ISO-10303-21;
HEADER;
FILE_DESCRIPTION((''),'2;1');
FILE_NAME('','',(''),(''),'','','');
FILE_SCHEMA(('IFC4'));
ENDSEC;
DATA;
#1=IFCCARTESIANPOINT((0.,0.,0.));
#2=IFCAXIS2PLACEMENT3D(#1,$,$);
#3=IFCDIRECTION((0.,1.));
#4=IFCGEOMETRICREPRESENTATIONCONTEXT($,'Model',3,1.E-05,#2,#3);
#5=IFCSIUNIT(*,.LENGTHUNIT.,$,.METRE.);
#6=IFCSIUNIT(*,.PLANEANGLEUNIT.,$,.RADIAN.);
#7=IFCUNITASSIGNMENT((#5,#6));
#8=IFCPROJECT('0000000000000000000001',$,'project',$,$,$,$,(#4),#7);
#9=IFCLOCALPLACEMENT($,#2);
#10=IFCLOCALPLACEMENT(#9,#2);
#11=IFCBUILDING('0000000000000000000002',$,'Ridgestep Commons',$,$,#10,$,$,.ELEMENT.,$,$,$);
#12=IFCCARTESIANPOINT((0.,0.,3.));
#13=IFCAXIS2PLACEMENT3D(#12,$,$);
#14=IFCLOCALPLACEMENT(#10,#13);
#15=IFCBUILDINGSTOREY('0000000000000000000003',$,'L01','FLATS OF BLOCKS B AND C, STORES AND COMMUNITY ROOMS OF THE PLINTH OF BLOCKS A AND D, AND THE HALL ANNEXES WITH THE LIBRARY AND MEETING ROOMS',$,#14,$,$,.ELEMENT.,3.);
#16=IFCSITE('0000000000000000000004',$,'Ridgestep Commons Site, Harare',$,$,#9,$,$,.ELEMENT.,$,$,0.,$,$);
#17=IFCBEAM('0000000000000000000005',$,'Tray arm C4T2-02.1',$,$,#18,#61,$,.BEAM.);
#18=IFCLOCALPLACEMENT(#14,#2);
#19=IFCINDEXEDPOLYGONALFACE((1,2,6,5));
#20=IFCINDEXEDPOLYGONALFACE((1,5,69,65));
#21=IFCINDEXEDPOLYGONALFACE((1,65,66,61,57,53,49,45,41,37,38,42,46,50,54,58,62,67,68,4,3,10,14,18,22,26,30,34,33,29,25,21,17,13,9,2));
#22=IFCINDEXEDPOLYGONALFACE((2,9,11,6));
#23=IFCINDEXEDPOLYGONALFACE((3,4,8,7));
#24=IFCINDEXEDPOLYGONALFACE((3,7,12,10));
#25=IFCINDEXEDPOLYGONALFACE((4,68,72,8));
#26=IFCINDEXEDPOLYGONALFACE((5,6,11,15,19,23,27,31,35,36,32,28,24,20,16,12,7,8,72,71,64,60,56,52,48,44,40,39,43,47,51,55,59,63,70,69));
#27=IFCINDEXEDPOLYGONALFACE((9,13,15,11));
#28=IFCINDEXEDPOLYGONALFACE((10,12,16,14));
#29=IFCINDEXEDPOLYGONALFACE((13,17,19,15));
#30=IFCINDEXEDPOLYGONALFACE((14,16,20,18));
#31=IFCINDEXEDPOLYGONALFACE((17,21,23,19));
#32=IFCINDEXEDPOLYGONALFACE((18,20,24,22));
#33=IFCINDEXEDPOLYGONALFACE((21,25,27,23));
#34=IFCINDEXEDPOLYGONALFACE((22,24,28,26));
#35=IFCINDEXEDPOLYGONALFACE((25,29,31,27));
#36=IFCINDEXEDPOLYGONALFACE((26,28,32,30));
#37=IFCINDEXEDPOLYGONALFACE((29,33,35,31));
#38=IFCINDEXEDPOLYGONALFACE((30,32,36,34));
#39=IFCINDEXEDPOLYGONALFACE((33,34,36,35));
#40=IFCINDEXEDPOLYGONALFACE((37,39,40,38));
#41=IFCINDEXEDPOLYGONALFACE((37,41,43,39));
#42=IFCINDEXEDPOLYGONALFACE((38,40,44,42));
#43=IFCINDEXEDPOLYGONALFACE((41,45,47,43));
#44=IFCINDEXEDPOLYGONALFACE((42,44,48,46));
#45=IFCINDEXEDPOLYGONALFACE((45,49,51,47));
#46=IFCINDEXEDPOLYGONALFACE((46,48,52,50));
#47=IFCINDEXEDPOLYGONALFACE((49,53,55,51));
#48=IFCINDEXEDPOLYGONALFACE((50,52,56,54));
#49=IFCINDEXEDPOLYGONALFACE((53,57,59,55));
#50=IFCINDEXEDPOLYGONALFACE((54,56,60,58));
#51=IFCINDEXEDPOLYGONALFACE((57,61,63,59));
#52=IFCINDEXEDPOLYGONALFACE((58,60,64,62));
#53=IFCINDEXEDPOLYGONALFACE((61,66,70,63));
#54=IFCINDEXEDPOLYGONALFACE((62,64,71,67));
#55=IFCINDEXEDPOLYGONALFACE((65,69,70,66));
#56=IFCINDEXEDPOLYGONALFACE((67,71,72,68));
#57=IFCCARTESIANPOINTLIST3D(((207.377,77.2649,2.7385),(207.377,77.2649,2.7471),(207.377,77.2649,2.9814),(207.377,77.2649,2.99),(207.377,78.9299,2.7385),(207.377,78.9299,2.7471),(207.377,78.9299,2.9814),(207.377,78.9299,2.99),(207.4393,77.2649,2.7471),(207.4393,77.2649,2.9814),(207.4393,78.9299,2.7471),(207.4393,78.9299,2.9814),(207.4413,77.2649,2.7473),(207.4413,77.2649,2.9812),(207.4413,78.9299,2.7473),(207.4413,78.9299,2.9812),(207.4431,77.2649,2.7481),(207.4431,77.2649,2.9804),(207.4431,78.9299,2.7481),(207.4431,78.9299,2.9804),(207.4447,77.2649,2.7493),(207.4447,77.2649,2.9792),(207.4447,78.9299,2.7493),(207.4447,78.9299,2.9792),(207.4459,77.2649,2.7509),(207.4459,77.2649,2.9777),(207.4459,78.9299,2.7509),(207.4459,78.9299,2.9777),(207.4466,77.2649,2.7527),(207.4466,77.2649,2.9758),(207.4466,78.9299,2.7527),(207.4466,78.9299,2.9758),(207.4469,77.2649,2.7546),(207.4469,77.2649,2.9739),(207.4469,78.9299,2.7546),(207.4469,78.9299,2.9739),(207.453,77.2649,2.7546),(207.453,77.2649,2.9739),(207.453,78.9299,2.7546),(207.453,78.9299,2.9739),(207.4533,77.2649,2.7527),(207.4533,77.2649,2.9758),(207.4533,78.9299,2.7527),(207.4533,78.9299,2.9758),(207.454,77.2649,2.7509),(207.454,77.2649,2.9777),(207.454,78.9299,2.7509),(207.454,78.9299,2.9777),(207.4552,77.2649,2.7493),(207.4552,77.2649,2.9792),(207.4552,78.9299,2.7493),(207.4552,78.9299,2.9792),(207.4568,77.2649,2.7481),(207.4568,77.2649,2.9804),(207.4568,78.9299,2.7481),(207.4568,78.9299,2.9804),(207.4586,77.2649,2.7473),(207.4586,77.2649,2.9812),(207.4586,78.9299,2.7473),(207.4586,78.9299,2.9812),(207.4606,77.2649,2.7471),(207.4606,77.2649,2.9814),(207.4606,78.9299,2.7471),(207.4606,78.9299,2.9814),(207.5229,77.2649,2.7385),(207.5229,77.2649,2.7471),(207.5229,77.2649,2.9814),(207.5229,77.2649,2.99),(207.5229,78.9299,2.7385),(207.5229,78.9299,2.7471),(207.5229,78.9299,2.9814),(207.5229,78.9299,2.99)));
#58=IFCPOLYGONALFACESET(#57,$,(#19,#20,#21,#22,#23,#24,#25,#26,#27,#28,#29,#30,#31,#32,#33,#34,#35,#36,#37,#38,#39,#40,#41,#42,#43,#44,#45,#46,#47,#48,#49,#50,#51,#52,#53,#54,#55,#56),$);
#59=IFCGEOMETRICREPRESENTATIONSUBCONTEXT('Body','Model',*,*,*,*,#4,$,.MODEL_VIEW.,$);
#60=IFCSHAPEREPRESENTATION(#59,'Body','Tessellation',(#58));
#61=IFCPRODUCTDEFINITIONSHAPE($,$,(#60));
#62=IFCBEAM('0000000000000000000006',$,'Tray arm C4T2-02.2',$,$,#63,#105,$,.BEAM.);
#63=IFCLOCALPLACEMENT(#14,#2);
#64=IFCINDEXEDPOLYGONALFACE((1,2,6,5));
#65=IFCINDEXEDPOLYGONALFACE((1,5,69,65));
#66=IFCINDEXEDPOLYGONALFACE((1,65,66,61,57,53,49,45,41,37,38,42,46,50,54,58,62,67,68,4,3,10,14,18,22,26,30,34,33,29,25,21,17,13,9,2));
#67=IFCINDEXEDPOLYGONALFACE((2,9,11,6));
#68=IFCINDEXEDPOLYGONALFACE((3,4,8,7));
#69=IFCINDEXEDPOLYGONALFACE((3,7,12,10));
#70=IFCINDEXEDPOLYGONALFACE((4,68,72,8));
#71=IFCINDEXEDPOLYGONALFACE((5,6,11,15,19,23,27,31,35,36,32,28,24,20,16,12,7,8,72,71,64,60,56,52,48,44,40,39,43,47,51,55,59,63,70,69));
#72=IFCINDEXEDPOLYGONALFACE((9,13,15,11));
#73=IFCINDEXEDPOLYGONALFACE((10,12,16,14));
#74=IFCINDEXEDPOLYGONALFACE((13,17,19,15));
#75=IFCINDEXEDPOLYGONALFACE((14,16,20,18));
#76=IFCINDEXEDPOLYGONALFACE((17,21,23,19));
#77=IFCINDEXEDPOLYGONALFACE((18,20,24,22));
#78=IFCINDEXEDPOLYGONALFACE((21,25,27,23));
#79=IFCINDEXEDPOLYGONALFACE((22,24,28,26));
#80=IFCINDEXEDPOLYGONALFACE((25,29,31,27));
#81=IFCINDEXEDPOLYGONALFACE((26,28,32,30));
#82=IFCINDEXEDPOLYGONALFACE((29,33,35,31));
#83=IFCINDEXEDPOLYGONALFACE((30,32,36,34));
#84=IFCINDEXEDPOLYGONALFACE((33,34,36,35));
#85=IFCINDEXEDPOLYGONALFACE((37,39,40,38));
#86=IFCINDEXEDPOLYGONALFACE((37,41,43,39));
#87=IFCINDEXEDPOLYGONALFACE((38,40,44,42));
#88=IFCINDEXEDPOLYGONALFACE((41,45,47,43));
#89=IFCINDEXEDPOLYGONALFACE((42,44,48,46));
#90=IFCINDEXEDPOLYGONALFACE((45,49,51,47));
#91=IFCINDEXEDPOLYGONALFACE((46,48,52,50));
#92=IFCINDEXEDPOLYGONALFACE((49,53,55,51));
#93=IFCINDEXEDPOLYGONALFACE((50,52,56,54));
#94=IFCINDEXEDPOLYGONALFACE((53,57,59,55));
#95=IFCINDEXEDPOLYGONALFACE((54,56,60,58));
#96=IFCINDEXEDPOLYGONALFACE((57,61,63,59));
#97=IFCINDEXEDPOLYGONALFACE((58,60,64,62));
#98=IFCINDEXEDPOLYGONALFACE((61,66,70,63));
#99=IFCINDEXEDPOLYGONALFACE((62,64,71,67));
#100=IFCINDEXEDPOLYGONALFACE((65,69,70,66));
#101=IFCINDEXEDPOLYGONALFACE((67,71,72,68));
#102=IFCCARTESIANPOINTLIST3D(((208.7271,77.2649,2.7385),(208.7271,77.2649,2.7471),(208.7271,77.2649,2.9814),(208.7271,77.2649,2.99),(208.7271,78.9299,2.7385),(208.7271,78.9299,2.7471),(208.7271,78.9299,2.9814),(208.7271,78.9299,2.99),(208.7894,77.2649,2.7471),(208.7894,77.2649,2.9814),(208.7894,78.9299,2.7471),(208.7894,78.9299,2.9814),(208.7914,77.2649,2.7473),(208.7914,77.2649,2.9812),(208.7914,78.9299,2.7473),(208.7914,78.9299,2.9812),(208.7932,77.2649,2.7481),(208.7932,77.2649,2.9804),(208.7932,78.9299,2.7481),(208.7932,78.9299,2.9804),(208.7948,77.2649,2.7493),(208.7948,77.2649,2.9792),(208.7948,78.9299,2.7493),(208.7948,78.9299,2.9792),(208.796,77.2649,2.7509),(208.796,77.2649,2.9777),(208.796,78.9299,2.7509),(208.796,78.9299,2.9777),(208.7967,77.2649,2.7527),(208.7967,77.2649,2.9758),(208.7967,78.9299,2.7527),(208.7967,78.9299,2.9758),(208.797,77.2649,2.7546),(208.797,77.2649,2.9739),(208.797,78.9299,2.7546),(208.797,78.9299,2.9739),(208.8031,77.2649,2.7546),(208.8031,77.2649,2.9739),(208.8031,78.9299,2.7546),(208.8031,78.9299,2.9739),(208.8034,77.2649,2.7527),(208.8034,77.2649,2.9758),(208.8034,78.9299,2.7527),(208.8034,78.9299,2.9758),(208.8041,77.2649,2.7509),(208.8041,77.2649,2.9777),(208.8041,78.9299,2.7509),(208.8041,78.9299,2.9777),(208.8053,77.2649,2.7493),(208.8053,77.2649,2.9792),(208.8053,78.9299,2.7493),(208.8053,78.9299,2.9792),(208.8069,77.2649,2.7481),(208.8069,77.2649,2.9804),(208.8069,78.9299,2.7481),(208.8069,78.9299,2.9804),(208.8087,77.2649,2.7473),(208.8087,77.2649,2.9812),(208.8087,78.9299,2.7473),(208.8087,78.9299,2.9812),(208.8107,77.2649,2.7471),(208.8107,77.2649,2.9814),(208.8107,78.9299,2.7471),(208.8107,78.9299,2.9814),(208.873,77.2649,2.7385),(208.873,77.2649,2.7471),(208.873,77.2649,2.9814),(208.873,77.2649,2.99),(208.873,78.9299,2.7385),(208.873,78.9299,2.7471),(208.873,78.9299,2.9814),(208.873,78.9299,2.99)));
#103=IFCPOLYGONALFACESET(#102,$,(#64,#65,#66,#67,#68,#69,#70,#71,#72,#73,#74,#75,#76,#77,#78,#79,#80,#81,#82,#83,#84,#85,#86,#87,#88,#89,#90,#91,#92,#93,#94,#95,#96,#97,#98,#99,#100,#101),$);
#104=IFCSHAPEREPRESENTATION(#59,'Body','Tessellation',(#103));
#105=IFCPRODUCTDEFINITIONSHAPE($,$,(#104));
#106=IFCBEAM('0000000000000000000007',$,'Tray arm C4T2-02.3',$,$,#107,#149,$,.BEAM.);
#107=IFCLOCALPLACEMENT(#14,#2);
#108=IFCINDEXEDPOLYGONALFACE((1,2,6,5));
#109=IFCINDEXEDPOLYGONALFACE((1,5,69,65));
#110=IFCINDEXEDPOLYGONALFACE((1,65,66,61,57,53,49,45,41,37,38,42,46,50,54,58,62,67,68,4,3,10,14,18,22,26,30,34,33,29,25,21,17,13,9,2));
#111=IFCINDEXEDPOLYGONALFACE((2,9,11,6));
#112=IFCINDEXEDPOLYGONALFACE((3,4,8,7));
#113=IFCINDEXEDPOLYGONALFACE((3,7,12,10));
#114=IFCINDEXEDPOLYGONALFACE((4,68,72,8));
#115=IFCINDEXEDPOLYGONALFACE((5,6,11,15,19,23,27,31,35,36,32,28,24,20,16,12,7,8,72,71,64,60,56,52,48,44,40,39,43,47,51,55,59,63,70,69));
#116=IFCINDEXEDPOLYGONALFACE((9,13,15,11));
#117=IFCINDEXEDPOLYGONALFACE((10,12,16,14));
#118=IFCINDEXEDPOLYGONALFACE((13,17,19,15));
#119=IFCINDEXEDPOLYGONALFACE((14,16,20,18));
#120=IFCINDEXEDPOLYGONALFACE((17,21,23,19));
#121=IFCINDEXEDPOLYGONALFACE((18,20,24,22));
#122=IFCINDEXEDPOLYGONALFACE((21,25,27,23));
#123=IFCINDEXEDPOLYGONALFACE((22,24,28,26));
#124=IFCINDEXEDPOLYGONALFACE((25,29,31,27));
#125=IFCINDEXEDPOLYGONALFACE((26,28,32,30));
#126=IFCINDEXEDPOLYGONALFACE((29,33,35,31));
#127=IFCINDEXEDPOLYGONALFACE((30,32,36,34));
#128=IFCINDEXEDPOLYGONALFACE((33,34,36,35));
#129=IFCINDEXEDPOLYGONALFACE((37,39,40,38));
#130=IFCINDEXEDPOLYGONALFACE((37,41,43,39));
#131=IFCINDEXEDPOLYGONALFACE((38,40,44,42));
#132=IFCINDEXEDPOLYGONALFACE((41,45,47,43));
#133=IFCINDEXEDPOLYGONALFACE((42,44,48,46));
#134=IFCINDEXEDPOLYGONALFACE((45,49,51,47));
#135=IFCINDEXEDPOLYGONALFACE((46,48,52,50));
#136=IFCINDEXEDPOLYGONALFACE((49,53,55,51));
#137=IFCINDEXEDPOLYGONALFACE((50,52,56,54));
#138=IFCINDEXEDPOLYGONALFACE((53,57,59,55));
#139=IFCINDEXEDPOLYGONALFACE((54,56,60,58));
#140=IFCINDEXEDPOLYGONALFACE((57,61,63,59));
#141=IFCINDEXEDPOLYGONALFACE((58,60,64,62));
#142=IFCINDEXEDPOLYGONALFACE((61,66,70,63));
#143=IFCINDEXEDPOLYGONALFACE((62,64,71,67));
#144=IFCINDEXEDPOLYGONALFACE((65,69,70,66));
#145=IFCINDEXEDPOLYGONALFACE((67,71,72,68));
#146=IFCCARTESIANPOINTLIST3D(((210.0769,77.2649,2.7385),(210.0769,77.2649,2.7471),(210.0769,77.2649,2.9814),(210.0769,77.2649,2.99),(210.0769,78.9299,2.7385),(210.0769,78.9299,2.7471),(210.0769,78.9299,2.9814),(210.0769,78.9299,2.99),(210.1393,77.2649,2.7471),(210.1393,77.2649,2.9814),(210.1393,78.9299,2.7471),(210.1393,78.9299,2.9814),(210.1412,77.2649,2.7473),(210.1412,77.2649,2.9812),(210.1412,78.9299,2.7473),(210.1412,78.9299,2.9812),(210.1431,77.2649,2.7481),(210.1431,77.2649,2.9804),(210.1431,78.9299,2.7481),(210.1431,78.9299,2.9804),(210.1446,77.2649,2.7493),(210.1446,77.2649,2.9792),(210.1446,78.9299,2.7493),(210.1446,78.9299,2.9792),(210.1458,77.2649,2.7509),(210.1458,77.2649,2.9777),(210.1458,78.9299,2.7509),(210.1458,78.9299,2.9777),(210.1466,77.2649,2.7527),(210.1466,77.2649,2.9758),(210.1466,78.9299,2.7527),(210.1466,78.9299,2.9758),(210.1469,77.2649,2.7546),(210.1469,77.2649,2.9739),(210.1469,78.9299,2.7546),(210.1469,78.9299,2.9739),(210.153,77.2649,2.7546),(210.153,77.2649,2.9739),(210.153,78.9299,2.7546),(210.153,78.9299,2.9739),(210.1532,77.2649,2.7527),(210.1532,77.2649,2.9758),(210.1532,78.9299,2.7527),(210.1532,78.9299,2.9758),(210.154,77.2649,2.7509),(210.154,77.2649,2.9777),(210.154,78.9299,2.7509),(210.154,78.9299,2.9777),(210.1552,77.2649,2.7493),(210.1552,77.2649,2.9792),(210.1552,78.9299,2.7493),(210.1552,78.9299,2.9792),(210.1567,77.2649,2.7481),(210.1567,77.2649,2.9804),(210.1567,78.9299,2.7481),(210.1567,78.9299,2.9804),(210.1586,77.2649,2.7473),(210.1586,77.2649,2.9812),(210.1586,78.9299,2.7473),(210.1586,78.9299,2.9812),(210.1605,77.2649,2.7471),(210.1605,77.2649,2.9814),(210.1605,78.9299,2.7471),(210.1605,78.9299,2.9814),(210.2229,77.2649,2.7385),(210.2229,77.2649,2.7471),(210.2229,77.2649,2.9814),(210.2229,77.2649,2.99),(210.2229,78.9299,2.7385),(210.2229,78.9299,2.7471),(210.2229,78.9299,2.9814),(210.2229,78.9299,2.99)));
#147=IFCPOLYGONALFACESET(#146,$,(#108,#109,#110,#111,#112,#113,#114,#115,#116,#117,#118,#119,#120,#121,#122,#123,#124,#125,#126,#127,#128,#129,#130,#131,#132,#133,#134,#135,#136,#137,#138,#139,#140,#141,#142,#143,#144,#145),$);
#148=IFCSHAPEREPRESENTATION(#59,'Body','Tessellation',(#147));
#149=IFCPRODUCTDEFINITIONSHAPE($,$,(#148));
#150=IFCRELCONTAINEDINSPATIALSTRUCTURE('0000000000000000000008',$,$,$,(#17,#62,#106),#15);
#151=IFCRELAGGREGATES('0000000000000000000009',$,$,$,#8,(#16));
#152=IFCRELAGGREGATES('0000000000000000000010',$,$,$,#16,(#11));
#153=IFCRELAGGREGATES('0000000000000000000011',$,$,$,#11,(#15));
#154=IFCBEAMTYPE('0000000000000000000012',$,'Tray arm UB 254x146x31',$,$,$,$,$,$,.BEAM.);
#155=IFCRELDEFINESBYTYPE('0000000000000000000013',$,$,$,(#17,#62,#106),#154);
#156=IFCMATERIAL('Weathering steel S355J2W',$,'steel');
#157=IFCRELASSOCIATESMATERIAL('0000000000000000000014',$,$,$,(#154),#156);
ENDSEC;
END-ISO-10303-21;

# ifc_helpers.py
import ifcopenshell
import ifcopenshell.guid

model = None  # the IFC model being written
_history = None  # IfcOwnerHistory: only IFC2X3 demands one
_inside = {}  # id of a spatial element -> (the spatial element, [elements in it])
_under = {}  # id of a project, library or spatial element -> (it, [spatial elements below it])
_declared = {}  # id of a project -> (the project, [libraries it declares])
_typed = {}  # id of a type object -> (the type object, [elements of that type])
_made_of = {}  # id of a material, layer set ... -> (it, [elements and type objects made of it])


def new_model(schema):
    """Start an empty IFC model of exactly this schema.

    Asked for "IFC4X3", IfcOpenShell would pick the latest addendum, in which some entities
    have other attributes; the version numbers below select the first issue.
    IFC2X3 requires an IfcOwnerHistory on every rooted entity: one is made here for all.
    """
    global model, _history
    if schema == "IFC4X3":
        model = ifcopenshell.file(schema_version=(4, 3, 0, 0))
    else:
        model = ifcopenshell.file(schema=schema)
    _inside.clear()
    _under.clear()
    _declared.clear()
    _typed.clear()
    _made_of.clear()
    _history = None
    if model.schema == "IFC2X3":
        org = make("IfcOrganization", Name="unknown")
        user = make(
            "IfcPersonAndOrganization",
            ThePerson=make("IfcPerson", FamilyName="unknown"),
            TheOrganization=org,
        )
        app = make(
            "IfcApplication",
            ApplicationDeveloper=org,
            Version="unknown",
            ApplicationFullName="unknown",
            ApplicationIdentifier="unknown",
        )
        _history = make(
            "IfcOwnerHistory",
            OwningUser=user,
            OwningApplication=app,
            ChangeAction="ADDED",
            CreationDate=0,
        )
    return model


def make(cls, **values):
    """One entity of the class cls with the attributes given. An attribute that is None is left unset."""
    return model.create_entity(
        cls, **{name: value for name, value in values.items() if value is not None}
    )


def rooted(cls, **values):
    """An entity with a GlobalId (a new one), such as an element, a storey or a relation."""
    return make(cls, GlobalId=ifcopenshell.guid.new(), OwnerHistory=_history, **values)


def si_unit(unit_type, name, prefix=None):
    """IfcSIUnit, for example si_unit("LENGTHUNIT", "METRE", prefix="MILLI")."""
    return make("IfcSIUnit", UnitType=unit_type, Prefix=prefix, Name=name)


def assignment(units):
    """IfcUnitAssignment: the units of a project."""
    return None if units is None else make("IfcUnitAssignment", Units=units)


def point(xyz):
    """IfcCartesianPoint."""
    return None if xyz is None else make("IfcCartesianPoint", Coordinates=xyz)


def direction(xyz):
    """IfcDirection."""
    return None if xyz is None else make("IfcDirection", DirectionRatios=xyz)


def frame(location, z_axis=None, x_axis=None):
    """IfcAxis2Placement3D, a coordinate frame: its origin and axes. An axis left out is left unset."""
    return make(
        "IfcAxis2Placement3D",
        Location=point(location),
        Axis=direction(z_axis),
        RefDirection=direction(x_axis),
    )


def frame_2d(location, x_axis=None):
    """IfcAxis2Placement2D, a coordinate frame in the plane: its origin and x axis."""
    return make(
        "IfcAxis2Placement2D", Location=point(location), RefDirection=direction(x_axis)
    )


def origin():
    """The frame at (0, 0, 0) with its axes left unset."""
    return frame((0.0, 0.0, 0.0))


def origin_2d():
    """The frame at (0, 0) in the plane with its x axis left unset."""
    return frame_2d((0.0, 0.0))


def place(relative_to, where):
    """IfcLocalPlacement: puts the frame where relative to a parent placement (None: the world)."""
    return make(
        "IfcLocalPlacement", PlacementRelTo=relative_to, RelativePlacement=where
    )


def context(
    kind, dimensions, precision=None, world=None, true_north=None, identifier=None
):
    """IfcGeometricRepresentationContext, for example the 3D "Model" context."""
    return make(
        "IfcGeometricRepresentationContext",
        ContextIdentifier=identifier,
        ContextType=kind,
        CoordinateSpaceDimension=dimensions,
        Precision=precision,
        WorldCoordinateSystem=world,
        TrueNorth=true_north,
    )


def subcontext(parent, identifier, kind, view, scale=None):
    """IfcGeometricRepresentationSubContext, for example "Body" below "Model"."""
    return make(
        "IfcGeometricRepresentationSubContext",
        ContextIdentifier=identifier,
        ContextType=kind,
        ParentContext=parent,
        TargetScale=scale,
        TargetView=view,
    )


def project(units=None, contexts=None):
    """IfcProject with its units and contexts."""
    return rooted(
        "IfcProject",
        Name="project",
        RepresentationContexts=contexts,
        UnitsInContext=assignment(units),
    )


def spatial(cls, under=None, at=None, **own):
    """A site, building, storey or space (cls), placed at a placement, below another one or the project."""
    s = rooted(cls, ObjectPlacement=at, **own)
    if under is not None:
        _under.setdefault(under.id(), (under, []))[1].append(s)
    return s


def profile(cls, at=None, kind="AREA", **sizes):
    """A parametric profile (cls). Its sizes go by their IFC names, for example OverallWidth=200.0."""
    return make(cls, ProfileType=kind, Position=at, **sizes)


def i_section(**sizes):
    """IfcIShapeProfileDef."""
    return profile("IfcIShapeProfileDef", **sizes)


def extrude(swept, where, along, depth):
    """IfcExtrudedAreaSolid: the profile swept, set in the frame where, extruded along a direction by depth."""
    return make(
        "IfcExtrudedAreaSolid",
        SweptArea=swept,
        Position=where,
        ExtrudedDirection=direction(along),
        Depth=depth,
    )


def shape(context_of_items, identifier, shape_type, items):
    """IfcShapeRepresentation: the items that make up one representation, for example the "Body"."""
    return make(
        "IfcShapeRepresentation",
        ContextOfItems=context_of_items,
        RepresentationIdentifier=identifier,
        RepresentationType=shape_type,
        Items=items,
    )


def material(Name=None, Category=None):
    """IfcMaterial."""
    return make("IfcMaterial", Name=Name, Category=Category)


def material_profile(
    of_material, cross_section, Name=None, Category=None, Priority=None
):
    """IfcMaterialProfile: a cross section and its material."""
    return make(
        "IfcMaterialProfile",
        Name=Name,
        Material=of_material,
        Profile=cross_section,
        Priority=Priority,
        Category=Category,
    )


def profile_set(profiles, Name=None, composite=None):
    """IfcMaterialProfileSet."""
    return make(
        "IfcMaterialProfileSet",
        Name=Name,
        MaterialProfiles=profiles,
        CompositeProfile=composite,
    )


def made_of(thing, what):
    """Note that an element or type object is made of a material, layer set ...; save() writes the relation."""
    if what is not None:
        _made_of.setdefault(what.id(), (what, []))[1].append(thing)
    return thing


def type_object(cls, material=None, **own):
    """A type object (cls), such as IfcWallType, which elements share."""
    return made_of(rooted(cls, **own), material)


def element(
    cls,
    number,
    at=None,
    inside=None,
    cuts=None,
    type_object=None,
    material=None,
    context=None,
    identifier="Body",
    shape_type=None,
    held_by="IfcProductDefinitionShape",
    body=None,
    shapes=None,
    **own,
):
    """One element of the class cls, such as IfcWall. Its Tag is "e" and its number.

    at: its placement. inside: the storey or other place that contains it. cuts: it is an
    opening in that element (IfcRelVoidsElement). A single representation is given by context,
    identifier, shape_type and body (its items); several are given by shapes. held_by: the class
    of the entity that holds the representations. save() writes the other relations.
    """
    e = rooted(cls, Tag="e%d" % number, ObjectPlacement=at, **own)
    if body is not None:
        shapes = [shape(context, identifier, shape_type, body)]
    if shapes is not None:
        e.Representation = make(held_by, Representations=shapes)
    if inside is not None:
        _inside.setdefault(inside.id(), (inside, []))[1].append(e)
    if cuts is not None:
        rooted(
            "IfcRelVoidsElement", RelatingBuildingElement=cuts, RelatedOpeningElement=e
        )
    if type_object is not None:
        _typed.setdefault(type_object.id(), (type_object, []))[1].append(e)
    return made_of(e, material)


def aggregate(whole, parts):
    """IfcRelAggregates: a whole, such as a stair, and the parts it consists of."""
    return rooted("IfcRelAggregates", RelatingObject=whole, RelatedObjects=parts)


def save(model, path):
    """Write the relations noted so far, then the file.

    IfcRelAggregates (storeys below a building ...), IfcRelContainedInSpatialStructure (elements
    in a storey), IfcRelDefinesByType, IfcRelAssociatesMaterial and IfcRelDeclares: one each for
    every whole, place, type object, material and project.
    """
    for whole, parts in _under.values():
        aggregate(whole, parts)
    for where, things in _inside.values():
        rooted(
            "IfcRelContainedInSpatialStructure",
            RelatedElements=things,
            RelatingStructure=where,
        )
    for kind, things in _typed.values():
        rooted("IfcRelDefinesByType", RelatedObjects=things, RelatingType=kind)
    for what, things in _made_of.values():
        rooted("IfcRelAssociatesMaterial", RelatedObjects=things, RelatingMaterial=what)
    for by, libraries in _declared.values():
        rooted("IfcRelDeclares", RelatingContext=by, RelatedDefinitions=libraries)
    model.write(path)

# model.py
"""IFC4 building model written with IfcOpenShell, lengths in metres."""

from ifc_helpers import new_model, si_unit, direction, frame, origin, origin_2d, place, context, subcontext, project, spatial, i_section, extrude, material, material_profile, profile_set, type_object, element, save


model = new_model("IFC4")

# Units and contexts
model_context = context("Model", 3, precision=1e-05, world=origin(), true_north=direction((0.0, 1.0)))
body_context = subcontext(model_context, "Body", "Model", "MODEL_VIEW")
ifc_project = project(units=[si_unit("LENGTHUNIT", "METRE"), si_unit("PLANEANGLEUNIT", "RADIAN")], contexts=[model_context])

# Site, building, storey
site_placement = place(None, origin())
site = spatial("IfcSite", under=ifc_project, at=site_placement, Name="Ridgestep Commons Site, Harare", CompositionType="ELEMENT", RefElevation=0.0)
building_placement = place(site_placement, origin())
building = spatial("IfcBuilding", under=site, at=building_placement, Name="Ridgestep Commons", CompositionType="ELEMENT")
storey_placement = place(building_placement, frame((0.0, 0.0, 3.0)))
storey = spatial("IfcBuildingStorey", under=building, at=storey_placement, Name="L01", Description="FLATS OF BLOCKS B AND C, STORES AND COMMUNITY ROOMS OF THE PLINTH OF BLOCKS A AND D, AND THE HALL ANNEXES WITH THE LIBRARY AND MEETING ROOMS", CompositionType="ELEMENT", Elevation=3.0)

# Beams
ifc_material_1 = material(Name="Weathering steel S355J2W", Category="steel")
ifc_material_profile_1 = material_profile(ifc_material_1, i_section(OverallWidth=0.146, OverallDepth=0.2515, WebThickness=0.0061, FlangeThickness=0.0085, FilletRadius=0.0076, at=origin_2d()), Name="UB 254x146x31")
ifc_profile_set_1 = profile_set([ifc_material_profile_1], Name="Weathering steel S355J2W")
beam_type_1 = type_object("IfcBeamType", Name="Tray arm UB 254x146x31", PredefinedType="BEAM", material=ifc_profile_set_1)
for number, where, z_axis, x_axis, name in (
    (1, (207.45, 77.2649, 2.8643), (0.0, 1.0, 0.0), (-1.0, 0.0, 0.0), "Tray arm C4T2-02.1"),
    (2, (208.8, 77.2649, 2.8643), (0.0, 1.0, 0.0), (-1.0, 0.0, 0.0), "Tray arm C4T2-02.2"),
    (3, (210.1499, 77.2649, 2.8643), (0.0, 1.0, 0.0), (-1.0, 0.0, 0.0), "Tray arm C4T2-02.3"),
):
    element("IfcBeam", number, at=place(storey_placement, frame(where, z_axis=z_axis, x_axis=x_axis)), inside=storey, type_object=beam_type_1, Name=name, PredefinedType="BEAM", context=body_context, shape_type="SweptSolid", body=[
        extrude(i_section(OverallWidth=0.146, OverallDepth=0.2515, WebThickness=0.0061, FlangeThickness=0.0085, FilletRadius=0.0076, at=origin_2d()), origin(), (0.0, 0.0, 1.0), 1.665),
    ])

save(model, "model.ifc")
